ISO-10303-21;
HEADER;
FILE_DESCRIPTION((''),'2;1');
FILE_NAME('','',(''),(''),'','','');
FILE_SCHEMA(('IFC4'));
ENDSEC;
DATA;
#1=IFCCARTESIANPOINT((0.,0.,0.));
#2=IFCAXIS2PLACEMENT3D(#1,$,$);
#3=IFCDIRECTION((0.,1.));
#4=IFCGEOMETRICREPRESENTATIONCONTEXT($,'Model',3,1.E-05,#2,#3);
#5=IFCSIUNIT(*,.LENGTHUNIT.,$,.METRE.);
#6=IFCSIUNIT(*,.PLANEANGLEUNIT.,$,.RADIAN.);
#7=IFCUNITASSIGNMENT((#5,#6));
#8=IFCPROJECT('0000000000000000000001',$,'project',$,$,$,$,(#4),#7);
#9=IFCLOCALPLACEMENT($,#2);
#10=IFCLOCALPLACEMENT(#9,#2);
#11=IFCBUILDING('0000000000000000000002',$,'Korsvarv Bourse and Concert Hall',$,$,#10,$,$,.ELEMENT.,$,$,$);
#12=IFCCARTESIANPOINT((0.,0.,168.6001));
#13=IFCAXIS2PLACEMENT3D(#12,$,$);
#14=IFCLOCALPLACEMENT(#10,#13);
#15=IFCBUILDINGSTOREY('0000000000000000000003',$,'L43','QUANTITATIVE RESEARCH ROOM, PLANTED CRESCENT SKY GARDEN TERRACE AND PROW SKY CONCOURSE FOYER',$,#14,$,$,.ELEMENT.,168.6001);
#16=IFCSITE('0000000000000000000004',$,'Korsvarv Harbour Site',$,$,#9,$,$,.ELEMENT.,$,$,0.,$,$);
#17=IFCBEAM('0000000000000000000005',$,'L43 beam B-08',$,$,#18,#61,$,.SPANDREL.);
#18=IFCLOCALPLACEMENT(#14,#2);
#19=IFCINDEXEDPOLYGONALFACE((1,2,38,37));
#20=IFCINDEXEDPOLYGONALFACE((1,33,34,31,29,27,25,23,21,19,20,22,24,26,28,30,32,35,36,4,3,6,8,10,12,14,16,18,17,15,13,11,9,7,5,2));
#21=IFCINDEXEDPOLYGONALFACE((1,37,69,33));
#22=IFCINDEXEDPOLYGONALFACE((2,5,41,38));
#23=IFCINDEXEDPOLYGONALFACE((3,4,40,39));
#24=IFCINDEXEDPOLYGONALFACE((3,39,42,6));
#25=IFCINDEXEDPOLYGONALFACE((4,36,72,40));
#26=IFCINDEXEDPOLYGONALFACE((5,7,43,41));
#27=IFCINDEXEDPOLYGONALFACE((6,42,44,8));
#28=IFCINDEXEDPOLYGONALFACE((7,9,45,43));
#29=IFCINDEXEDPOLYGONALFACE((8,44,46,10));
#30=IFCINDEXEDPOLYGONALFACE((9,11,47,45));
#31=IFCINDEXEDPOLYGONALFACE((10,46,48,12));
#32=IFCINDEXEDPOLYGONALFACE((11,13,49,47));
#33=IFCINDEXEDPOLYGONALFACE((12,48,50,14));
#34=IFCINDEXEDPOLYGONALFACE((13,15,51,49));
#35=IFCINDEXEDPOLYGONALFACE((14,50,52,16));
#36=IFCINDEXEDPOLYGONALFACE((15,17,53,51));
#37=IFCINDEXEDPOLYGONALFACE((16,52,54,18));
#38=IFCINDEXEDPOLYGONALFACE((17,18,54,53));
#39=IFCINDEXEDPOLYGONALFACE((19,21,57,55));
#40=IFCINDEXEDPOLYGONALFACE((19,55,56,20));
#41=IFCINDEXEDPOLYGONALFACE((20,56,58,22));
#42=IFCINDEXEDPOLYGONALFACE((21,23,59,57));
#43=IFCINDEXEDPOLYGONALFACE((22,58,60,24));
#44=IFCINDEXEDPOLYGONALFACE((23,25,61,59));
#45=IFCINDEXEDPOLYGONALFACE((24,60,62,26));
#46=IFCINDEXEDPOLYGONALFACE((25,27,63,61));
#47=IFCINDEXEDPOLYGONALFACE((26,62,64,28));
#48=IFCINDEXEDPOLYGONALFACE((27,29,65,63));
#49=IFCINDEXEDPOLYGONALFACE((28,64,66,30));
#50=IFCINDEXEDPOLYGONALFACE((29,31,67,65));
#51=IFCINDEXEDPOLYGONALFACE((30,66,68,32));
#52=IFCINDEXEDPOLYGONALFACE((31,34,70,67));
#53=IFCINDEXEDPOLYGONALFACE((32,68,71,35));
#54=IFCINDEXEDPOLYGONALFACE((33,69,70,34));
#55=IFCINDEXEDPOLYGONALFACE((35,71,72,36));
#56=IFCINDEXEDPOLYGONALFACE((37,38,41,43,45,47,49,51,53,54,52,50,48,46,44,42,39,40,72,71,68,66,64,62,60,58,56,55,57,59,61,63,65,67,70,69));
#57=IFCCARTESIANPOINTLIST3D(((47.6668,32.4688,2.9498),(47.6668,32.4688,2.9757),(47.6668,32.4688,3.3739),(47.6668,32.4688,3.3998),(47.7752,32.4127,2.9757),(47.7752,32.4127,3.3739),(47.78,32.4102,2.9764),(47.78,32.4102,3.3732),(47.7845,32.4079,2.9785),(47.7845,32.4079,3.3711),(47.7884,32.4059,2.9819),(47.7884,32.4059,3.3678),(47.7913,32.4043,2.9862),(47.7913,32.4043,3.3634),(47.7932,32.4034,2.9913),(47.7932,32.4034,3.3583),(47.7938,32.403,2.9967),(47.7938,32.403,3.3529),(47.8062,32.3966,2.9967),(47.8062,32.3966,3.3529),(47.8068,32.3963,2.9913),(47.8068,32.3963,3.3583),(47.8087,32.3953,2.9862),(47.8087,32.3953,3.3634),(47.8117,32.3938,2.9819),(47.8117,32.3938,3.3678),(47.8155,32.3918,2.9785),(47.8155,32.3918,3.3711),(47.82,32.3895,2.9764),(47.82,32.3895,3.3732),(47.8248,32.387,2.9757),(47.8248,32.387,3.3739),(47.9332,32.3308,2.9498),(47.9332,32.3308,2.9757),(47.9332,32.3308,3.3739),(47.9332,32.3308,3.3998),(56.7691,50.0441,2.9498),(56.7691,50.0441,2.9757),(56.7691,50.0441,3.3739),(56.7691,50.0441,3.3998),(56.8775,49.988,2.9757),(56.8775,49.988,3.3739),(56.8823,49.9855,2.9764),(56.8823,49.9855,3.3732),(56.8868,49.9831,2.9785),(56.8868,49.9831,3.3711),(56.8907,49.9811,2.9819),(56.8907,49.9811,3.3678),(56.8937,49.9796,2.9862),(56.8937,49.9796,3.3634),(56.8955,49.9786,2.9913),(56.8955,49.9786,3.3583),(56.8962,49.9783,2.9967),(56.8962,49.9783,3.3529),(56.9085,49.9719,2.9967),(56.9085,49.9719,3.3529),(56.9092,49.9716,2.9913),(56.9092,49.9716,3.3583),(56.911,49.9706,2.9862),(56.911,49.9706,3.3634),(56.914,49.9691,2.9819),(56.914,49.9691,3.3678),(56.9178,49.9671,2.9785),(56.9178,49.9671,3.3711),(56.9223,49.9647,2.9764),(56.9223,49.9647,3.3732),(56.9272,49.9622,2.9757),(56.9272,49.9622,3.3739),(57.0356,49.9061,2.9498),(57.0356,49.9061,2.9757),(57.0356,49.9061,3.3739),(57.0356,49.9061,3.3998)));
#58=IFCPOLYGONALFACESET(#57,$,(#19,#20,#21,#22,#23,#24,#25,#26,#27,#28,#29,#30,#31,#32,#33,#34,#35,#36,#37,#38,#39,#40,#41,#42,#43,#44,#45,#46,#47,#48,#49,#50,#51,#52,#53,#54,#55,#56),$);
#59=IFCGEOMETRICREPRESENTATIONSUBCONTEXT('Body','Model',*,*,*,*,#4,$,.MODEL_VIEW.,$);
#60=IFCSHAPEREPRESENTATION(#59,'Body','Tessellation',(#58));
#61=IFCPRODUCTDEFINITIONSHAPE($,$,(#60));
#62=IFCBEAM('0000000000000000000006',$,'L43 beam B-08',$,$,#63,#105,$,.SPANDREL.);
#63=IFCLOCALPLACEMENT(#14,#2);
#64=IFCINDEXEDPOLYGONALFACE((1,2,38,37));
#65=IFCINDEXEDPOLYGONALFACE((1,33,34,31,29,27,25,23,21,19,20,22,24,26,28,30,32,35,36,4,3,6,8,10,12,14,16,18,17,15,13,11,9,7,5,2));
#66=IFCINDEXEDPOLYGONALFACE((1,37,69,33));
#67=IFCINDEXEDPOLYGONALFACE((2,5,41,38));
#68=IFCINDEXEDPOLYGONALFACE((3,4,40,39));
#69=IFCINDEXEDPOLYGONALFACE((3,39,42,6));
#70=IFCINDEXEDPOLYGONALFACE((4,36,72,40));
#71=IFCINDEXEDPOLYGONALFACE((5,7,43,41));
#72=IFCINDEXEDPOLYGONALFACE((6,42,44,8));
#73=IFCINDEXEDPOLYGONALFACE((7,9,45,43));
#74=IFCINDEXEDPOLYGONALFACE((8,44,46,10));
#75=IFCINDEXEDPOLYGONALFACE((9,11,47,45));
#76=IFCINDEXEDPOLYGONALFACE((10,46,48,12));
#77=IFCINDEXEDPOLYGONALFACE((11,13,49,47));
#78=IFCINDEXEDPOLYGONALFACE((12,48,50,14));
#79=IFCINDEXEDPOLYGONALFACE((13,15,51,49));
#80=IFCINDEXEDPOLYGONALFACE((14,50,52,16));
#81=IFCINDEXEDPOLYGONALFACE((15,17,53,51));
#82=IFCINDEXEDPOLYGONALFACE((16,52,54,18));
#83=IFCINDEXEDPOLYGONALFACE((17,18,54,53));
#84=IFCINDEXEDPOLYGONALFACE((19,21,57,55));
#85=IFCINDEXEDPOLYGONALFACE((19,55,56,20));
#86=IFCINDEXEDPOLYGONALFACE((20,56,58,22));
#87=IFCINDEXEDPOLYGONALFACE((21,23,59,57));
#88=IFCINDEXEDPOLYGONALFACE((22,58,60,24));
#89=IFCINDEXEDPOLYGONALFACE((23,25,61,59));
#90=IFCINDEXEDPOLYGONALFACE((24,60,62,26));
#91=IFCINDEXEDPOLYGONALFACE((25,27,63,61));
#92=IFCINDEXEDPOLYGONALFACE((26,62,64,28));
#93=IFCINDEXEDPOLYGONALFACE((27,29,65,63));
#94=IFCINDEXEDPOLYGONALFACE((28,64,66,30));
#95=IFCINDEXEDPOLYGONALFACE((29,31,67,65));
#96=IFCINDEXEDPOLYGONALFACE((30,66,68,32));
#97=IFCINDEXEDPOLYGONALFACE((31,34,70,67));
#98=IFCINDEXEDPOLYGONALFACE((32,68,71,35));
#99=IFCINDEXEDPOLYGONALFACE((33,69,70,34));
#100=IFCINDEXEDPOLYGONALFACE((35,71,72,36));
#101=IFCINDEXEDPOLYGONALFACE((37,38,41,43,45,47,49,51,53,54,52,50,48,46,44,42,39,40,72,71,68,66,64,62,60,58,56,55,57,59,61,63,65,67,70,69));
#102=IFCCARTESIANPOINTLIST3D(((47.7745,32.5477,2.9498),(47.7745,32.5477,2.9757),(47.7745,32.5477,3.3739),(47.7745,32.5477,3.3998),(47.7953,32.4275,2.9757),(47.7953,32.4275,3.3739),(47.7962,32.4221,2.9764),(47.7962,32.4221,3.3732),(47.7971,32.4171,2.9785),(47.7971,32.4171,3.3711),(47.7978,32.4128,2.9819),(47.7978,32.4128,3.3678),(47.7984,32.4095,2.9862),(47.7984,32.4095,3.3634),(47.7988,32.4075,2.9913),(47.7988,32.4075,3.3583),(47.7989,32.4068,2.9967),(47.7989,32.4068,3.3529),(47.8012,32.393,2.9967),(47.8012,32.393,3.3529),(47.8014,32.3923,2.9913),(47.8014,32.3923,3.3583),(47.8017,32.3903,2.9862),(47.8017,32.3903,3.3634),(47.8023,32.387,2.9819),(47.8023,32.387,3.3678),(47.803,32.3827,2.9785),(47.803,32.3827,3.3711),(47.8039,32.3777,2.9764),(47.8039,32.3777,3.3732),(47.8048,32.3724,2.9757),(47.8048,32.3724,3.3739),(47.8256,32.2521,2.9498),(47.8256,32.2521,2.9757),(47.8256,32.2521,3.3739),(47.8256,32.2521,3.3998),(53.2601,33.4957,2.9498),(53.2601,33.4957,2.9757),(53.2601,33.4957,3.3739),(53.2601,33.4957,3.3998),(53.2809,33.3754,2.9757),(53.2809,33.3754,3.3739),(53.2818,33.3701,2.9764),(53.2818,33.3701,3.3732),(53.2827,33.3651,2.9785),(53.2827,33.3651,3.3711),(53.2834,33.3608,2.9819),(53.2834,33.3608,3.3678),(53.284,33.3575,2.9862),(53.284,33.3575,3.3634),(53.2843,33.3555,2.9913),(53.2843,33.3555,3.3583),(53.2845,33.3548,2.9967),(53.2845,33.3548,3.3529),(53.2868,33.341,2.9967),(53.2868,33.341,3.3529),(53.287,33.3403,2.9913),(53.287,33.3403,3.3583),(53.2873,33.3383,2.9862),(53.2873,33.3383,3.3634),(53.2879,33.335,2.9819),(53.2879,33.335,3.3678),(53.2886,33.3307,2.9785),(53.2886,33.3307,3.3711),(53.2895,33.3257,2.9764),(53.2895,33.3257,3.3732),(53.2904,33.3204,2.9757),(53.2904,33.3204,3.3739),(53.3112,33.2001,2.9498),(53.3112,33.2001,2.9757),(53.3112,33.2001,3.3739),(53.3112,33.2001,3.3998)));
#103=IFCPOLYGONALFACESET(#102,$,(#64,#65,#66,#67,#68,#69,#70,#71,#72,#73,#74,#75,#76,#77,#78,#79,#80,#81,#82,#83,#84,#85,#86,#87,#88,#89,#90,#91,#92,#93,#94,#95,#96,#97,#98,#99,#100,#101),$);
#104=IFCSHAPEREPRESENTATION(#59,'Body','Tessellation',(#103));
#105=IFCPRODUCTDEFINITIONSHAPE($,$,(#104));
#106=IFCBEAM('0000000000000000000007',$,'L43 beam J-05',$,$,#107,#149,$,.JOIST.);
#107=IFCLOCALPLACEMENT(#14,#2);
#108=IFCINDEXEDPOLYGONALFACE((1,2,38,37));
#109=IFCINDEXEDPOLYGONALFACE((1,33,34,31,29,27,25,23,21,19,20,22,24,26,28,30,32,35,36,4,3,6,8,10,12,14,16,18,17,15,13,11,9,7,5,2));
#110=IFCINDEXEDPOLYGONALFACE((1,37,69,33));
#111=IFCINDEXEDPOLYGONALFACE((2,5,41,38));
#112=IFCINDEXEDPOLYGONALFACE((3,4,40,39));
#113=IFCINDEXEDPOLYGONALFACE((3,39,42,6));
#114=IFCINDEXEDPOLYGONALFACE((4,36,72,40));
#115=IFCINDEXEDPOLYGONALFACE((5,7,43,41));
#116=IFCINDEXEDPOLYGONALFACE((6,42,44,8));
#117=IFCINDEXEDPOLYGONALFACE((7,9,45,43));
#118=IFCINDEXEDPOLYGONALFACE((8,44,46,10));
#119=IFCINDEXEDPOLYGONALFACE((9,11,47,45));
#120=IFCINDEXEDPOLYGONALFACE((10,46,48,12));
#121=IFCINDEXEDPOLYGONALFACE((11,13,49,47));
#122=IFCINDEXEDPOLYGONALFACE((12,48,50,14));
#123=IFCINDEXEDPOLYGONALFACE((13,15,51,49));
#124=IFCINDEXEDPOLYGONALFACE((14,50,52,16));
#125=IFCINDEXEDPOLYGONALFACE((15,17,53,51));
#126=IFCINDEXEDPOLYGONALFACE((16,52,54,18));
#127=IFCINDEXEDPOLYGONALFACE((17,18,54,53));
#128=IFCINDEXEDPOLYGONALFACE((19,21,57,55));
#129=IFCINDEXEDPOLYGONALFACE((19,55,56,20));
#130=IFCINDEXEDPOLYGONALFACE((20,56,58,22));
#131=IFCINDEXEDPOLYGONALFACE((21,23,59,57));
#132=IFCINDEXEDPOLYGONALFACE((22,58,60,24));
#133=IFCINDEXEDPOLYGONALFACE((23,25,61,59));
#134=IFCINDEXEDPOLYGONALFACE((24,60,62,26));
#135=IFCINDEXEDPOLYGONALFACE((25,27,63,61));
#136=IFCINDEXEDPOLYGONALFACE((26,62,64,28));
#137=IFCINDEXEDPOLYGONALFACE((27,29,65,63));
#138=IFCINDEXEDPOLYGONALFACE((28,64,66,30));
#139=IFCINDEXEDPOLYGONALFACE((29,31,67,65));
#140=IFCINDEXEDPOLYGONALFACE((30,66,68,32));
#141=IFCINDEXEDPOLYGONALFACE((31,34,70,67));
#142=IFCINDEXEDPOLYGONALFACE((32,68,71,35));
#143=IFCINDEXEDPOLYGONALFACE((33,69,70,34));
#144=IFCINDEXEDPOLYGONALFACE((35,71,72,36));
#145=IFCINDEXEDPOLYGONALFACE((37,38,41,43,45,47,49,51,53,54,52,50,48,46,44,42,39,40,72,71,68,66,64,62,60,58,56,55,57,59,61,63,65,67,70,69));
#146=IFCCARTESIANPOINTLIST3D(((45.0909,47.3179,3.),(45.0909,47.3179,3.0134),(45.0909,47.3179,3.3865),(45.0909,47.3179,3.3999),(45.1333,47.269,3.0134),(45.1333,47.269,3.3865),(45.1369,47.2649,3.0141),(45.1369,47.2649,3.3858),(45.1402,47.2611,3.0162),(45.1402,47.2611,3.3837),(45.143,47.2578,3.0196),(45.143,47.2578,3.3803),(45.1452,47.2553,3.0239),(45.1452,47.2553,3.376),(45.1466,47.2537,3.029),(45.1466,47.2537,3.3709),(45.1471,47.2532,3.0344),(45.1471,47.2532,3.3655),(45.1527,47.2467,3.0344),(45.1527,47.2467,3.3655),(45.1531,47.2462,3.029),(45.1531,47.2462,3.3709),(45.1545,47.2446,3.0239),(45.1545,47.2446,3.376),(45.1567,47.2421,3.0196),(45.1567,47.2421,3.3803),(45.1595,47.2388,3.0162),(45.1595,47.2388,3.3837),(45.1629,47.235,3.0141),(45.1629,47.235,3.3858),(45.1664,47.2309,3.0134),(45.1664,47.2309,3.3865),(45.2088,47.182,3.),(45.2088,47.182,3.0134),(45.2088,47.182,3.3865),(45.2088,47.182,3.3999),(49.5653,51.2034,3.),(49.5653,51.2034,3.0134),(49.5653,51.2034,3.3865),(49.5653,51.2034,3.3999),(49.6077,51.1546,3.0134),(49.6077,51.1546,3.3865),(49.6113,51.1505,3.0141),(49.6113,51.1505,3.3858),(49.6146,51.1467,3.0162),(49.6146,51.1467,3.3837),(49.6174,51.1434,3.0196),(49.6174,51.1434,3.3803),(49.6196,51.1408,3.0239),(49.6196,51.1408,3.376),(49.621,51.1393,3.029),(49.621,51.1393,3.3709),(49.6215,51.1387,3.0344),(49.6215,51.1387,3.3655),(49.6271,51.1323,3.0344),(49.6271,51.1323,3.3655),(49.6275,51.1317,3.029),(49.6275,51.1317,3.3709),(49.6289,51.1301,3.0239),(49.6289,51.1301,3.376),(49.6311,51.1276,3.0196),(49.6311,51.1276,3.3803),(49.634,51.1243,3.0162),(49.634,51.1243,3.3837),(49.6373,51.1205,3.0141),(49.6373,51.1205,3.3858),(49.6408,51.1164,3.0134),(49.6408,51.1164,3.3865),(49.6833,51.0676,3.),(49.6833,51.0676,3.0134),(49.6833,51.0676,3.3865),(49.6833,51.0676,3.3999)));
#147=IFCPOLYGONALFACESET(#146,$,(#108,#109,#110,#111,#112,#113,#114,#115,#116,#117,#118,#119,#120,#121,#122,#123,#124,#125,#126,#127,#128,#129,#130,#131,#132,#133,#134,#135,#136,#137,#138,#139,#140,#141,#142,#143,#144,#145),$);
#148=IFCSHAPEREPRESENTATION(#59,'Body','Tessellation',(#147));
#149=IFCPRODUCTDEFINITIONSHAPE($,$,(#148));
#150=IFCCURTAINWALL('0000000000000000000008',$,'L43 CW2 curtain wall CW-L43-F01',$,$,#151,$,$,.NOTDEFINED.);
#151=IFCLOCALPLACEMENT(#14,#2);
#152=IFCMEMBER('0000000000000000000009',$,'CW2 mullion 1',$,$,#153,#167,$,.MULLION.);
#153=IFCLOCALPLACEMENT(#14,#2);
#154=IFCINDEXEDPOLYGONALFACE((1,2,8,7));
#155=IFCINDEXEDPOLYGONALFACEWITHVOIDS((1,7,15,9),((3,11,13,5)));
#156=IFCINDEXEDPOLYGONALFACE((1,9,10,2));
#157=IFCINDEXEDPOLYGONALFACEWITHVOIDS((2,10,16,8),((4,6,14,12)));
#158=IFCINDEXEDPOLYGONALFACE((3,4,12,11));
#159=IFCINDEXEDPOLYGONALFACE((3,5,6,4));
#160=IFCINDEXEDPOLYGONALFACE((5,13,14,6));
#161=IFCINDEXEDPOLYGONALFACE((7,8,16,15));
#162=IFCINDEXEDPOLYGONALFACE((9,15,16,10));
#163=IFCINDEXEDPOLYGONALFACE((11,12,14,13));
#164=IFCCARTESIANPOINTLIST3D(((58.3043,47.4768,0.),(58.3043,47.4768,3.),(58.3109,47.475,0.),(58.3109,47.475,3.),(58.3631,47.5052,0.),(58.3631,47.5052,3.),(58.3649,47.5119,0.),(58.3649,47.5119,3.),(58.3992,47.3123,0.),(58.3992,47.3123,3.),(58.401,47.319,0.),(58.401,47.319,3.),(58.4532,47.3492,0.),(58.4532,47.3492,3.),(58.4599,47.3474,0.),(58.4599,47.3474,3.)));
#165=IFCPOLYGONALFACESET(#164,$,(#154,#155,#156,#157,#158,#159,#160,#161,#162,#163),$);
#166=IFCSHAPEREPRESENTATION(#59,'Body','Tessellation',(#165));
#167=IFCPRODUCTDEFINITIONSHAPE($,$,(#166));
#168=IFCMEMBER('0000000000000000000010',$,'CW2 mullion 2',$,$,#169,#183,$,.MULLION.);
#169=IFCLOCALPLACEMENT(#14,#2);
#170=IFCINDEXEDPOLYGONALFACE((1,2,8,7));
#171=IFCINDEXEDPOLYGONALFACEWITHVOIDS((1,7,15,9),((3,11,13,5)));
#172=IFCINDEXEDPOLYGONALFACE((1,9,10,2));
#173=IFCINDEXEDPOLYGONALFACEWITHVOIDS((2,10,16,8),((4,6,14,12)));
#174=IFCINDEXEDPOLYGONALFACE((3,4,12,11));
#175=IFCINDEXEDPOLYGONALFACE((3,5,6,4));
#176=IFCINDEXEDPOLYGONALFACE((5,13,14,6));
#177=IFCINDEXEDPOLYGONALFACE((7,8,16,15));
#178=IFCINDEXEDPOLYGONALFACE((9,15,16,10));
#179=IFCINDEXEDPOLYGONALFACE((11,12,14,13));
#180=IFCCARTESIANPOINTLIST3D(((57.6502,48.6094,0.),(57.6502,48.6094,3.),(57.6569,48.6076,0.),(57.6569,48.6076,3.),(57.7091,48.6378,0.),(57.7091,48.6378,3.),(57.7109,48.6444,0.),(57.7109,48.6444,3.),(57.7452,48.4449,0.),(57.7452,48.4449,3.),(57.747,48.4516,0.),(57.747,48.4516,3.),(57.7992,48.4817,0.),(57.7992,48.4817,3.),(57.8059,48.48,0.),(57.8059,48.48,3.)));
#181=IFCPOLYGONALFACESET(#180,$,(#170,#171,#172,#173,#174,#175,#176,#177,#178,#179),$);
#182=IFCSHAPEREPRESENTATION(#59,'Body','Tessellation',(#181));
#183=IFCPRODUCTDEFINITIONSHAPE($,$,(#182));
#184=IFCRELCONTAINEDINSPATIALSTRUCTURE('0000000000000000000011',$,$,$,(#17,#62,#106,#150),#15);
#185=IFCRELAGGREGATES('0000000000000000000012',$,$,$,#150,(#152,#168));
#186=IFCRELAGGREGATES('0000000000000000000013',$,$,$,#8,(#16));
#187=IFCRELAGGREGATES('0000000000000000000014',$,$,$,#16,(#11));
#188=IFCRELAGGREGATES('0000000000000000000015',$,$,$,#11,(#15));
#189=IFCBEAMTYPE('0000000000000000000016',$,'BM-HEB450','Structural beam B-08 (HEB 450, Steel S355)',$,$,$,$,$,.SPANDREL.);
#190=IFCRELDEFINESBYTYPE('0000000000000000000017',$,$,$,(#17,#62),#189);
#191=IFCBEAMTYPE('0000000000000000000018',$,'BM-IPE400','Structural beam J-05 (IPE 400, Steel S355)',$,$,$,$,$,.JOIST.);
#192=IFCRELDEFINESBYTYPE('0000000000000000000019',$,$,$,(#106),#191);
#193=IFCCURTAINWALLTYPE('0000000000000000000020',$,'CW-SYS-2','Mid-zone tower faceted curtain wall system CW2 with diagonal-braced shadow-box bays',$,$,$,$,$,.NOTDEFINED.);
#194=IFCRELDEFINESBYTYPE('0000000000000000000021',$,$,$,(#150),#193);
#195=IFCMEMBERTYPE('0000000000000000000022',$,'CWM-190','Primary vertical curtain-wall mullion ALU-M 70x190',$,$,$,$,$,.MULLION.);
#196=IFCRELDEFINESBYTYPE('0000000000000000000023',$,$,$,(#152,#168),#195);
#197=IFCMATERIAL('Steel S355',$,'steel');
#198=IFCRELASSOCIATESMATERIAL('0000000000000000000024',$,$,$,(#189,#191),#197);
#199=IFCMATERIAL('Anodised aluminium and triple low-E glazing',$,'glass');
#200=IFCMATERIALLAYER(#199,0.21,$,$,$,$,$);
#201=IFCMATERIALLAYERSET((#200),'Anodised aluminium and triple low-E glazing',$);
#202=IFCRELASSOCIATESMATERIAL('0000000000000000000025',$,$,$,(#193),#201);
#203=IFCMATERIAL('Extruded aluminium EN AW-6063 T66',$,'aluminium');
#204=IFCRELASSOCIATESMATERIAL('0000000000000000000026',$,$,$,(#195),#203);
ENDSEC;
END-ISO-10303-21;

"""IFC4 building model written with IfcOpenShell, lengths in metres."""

from ifc_helpers import new_model, si_unit, direction, frame, origin, origin_2d, place, context, subcontext, project, spatial, hollow_rectangle, i_section, extrude, source, transform, mapped, material, layer, layer_set, material_profile, profile_set, type_object, element, aggregate, save


model = new_model("IFC4")

# Units and contexts
model_context = context("Model", 3, precision=1e-05, world=origin(), true_north=direction((0.0, 1.0)))
body_context = subcontext(model_context, "Body", "Model", "MODEL_VIEW")
ifc_project = project(units=[si_unit("LENGTHUNIT", "METRE"), si_unit("PLANEANGLEUNIT", "RADIAN")], contexts=[model_context])

# Site, building, storey
site_placement = place(None, origin())
site = spatial("IfcSite", under=ifc_project, at=site_placement, Name="Korsvarv Harbour Site", CompositionType="ELEMENT", RefElevation=0.0)
building_placement = place(site_placement, origin())
building = spatial("IfcBuilding", under=site, at=building_placement, Name="Korsvarv Bourse and Concert Hall", CompositionType="ELEMENT")
storey_placement = place(building_placement, frame((0.0, 0.0, 168.6001)))
storey = spatial("IfcBuildingStorey", under=building, at=storey_placement, Name="L43", Description="QUANTITATIVE RESEARCH ROOM, PLANTED CRESCENT SKY GARDEN TERRACE AND PROW SKY CONCOURSE FOYER", CompositionType="ELEMENT", Elevation=168.6001)

# Shared definitions
ifc_material_1 = material(Name="Steel S355", Category="steel")

# Beams
ifc_material_profile_1 = material_profile(ifc_material_1, i_section(OverallWidth=0.3, OverallDepth=0.45, WebThickness=0.0139, FlangeThickness=0.0259, FilletRadius=0.021, at=origin_2d()), Name="HEB 450")
ifc_profile_set_1 = profile_set([ifc_material_profile_1], Name="Steel S355")
beam_type_1 = type_object("IfcBeamType", Name="BM-HEB450", Description="Structural beam B-08 (HEB 450, Steel S355)", PredefinedType="SPANDREL", material=ifc_profile_set_1)
shared_shape_1 = source(origin(), body_context, "Body", "SweptSolid", [
    extrude(i_section(OverallWidth=0.3, OverallDepth=0.45, WebThickness=0.0139, FlangeThickness=0.0259, FilletRadius=0.021, at=origin_2d()), origin(), (0.0, 0.0, 1.0), 19.7925),
])
beam_1_placement = place(storey_placement, frame((56.9023, 49.9751, 3.1748), z_axis=(-0.459888, -0.887977, 0.0), x_axis=(0.887977, -0.459888, 0.0)))
element("IfcBeam", 1, at=beam_1_placement, inside=storey, type_object=beam_type_1, Name="L43 beam B-08", PredefinedType="SPANDREL", context=body_context, shape_type="MappedRepresentation", body=[
    mapped(shared_shape_1, transform((0.0, 0.0, 0.0), scale=1.0)),
])
shared_shape_2 = source(origin(), body_context, "Body", "SweptSolid", [
    extrude(i_section(OverallWidth=0.3, OverallDepth=0.45, WebThickness=0.0139, FlangeThickness=0.0259, FilletRadius=0.021, at=origin_2d()), origin(), (0.0, 0.0, 1.0), 5.5669),
])
beam_2_placement = place(storey_placement, frame((53.2856, 33.3479, 3.1748), z_axis=(-0.985394, -0.170292, 0.0), x_axis=(0.170292, -0.985394, 0.0)))
element("IfcBeam", 2, at=beam_2_placement, inside=storey, type_object=beam_type_1, Name="L43 beam B-08", PredefinedType="SPANDREL", context=body_context, shape_type="MappedRepresentation", body=[
    mapped(shared_shape_2, transform((0.0, 0.0, 0.0), scale=1.0)),
])
ifc_material_profile_2 = material_profile(ifc_material_1, i_section(OverallWidth=0.1799, OverallDepth=0.3999, WebThickness=0.0085, FlangeThickness=0.0134, FilletRadius=0.021, at=origin_2d()), Name="IPE 400")
ifc_profile_set_2 = profile_set([ifc_material_profile_2], Name="Steel S355")
beam_type_2 = type_object("IfcBeamType", Name="BM-IPE400", Description="Structural beam J-05 (IPE 400, Steel S355)", PredefinedType="JOIST", material=ifc_profile_set_2)
shared_shape_3 = source(origin(), body_context, "Body", "SweptSolid", [
    extrude(i_section(OverallWidth=0.1799, OverallDepth=0.3999, WebThickness=0.0085, FlangeThickness=0.0134, FilletRadius=0.021, at=origin_2d()), origin(), (0.0, 0.0, 1.0), 5.926),
])
beam_3_placement = place(storey_placement, frame((49.6243, 51.1355, 3.2), z_axis=(-0.755044, -0.655674, 0.0), x_axis=(0.655674, -0.755044, 0.0)))
element("IfcBeam", 3, at=beam_3_placement, inside=storey, type_object=beam_type_2, Name="L43 beam J-05", PredefinedType="JOIST", context=body_context, shape_type="MappedRepresentation", body=[
    mapped(shared_shape_3, transform((0.0, 0.0, 0.0), scale=1.0)),
])

# Curtain wall, members
ifc_material_2 = material(Name="Anodised aluminium and triple low-E glazing", Category="glass")
ifc_layer_1 = layer(ifc_material_2, 0.21)
ifc_layer_set_1 = layer_set([ifc_layer_1], Name="Anodised aluminium and triple low-E glazing")
curtain_wall_type = type_object("IfcCurtainWallType", Name="CW-SYS-2", Description="Mid-zone tower faceted curtain wall system CW2 with diagonal-braced shadow-box bays", PredefinedType="NOTDEFINED", material=ifc_layer_set_1)
curtain_wall_1_placement = place(storey_placement, origin())
curtain_wall_1 = element("IfcCurtainWall", 4, at=curtain_wall_1_placement, inside=storey, type_object=curtain_wall_type, Name="L43 CW2 curtain wall CW-L43-F01", PredefinedType="NOTDEFINED")
ifc_material_3 = material(Name="Extruded aluminium EN AW-6063 T66", Category="aluminium")
ifc_material_profile_3 = material_profile(ifc_material_3, hollow_rectangle(XDim=0.0701, YDim=0.1899, WallThickness=0.0049, at=origin_2d()), Name="ALU-M 70x190")
ifc_profile_set_3 = profile_set([ifc_material_profile_3], Name="Extruded aluminium EN AW-6063 T66")
member_type_1 = type_object("IfcMemberType", Name="CWM-190", Description="Primary vertical curtain-wall mullion ALU-M 70x190", PredefinedType="MULLION", material=ifc_profile_set_3)
shared_shape_4 = source(origin(), body_context, "Body", "SweptSolid", [
    extrude(hollow_rectangle(XDim=0.0701, YDim=0.1899, WallThickness=0.0049, at=origin_2d()), origin(), (0.0, 0.0, 1.0), 3.0),
])
member_1_placement = place(storey_placement, frame((58.3821, 47.4121, 0.0), z_axis=(0.0, 0.0, 1.0), x_axis=(-0.866007, -0.500032, 0.0)))
member_1 = element("IfcMember", 5, at=member_1_placement, type_object=member_type_1, Name="CW2 mullion 1", PredefinedType="MULLION", context=body_context, shape_type="MappedRepresentation", body=[
    mapped(shared_shape_4, transform((0.0, 0.0, 0.0), scale=1.0)),
])
member_2_placement = place(storey_placement, frame((57.728, 48.5447, 0.0), z_axis=(0.0, 0.0, 1.0), x_axis=(-0.866007, -0.500032, 0.0)))
member_2 = element("IfcMember", 6, at=member_2_placement, type_object=member_type_1, Name="CW2 mullion 2", PredefinedType="MULLION", context=body_context, shape_type="MappedRepresentation", body=[
    mapped(shared_shape_4, transform((0.0, 0.0, 0.0), scale=1.0)),
])

aggregate(curtain_wall_1, [member_1, member_2])

save(model, "model.ifc")
